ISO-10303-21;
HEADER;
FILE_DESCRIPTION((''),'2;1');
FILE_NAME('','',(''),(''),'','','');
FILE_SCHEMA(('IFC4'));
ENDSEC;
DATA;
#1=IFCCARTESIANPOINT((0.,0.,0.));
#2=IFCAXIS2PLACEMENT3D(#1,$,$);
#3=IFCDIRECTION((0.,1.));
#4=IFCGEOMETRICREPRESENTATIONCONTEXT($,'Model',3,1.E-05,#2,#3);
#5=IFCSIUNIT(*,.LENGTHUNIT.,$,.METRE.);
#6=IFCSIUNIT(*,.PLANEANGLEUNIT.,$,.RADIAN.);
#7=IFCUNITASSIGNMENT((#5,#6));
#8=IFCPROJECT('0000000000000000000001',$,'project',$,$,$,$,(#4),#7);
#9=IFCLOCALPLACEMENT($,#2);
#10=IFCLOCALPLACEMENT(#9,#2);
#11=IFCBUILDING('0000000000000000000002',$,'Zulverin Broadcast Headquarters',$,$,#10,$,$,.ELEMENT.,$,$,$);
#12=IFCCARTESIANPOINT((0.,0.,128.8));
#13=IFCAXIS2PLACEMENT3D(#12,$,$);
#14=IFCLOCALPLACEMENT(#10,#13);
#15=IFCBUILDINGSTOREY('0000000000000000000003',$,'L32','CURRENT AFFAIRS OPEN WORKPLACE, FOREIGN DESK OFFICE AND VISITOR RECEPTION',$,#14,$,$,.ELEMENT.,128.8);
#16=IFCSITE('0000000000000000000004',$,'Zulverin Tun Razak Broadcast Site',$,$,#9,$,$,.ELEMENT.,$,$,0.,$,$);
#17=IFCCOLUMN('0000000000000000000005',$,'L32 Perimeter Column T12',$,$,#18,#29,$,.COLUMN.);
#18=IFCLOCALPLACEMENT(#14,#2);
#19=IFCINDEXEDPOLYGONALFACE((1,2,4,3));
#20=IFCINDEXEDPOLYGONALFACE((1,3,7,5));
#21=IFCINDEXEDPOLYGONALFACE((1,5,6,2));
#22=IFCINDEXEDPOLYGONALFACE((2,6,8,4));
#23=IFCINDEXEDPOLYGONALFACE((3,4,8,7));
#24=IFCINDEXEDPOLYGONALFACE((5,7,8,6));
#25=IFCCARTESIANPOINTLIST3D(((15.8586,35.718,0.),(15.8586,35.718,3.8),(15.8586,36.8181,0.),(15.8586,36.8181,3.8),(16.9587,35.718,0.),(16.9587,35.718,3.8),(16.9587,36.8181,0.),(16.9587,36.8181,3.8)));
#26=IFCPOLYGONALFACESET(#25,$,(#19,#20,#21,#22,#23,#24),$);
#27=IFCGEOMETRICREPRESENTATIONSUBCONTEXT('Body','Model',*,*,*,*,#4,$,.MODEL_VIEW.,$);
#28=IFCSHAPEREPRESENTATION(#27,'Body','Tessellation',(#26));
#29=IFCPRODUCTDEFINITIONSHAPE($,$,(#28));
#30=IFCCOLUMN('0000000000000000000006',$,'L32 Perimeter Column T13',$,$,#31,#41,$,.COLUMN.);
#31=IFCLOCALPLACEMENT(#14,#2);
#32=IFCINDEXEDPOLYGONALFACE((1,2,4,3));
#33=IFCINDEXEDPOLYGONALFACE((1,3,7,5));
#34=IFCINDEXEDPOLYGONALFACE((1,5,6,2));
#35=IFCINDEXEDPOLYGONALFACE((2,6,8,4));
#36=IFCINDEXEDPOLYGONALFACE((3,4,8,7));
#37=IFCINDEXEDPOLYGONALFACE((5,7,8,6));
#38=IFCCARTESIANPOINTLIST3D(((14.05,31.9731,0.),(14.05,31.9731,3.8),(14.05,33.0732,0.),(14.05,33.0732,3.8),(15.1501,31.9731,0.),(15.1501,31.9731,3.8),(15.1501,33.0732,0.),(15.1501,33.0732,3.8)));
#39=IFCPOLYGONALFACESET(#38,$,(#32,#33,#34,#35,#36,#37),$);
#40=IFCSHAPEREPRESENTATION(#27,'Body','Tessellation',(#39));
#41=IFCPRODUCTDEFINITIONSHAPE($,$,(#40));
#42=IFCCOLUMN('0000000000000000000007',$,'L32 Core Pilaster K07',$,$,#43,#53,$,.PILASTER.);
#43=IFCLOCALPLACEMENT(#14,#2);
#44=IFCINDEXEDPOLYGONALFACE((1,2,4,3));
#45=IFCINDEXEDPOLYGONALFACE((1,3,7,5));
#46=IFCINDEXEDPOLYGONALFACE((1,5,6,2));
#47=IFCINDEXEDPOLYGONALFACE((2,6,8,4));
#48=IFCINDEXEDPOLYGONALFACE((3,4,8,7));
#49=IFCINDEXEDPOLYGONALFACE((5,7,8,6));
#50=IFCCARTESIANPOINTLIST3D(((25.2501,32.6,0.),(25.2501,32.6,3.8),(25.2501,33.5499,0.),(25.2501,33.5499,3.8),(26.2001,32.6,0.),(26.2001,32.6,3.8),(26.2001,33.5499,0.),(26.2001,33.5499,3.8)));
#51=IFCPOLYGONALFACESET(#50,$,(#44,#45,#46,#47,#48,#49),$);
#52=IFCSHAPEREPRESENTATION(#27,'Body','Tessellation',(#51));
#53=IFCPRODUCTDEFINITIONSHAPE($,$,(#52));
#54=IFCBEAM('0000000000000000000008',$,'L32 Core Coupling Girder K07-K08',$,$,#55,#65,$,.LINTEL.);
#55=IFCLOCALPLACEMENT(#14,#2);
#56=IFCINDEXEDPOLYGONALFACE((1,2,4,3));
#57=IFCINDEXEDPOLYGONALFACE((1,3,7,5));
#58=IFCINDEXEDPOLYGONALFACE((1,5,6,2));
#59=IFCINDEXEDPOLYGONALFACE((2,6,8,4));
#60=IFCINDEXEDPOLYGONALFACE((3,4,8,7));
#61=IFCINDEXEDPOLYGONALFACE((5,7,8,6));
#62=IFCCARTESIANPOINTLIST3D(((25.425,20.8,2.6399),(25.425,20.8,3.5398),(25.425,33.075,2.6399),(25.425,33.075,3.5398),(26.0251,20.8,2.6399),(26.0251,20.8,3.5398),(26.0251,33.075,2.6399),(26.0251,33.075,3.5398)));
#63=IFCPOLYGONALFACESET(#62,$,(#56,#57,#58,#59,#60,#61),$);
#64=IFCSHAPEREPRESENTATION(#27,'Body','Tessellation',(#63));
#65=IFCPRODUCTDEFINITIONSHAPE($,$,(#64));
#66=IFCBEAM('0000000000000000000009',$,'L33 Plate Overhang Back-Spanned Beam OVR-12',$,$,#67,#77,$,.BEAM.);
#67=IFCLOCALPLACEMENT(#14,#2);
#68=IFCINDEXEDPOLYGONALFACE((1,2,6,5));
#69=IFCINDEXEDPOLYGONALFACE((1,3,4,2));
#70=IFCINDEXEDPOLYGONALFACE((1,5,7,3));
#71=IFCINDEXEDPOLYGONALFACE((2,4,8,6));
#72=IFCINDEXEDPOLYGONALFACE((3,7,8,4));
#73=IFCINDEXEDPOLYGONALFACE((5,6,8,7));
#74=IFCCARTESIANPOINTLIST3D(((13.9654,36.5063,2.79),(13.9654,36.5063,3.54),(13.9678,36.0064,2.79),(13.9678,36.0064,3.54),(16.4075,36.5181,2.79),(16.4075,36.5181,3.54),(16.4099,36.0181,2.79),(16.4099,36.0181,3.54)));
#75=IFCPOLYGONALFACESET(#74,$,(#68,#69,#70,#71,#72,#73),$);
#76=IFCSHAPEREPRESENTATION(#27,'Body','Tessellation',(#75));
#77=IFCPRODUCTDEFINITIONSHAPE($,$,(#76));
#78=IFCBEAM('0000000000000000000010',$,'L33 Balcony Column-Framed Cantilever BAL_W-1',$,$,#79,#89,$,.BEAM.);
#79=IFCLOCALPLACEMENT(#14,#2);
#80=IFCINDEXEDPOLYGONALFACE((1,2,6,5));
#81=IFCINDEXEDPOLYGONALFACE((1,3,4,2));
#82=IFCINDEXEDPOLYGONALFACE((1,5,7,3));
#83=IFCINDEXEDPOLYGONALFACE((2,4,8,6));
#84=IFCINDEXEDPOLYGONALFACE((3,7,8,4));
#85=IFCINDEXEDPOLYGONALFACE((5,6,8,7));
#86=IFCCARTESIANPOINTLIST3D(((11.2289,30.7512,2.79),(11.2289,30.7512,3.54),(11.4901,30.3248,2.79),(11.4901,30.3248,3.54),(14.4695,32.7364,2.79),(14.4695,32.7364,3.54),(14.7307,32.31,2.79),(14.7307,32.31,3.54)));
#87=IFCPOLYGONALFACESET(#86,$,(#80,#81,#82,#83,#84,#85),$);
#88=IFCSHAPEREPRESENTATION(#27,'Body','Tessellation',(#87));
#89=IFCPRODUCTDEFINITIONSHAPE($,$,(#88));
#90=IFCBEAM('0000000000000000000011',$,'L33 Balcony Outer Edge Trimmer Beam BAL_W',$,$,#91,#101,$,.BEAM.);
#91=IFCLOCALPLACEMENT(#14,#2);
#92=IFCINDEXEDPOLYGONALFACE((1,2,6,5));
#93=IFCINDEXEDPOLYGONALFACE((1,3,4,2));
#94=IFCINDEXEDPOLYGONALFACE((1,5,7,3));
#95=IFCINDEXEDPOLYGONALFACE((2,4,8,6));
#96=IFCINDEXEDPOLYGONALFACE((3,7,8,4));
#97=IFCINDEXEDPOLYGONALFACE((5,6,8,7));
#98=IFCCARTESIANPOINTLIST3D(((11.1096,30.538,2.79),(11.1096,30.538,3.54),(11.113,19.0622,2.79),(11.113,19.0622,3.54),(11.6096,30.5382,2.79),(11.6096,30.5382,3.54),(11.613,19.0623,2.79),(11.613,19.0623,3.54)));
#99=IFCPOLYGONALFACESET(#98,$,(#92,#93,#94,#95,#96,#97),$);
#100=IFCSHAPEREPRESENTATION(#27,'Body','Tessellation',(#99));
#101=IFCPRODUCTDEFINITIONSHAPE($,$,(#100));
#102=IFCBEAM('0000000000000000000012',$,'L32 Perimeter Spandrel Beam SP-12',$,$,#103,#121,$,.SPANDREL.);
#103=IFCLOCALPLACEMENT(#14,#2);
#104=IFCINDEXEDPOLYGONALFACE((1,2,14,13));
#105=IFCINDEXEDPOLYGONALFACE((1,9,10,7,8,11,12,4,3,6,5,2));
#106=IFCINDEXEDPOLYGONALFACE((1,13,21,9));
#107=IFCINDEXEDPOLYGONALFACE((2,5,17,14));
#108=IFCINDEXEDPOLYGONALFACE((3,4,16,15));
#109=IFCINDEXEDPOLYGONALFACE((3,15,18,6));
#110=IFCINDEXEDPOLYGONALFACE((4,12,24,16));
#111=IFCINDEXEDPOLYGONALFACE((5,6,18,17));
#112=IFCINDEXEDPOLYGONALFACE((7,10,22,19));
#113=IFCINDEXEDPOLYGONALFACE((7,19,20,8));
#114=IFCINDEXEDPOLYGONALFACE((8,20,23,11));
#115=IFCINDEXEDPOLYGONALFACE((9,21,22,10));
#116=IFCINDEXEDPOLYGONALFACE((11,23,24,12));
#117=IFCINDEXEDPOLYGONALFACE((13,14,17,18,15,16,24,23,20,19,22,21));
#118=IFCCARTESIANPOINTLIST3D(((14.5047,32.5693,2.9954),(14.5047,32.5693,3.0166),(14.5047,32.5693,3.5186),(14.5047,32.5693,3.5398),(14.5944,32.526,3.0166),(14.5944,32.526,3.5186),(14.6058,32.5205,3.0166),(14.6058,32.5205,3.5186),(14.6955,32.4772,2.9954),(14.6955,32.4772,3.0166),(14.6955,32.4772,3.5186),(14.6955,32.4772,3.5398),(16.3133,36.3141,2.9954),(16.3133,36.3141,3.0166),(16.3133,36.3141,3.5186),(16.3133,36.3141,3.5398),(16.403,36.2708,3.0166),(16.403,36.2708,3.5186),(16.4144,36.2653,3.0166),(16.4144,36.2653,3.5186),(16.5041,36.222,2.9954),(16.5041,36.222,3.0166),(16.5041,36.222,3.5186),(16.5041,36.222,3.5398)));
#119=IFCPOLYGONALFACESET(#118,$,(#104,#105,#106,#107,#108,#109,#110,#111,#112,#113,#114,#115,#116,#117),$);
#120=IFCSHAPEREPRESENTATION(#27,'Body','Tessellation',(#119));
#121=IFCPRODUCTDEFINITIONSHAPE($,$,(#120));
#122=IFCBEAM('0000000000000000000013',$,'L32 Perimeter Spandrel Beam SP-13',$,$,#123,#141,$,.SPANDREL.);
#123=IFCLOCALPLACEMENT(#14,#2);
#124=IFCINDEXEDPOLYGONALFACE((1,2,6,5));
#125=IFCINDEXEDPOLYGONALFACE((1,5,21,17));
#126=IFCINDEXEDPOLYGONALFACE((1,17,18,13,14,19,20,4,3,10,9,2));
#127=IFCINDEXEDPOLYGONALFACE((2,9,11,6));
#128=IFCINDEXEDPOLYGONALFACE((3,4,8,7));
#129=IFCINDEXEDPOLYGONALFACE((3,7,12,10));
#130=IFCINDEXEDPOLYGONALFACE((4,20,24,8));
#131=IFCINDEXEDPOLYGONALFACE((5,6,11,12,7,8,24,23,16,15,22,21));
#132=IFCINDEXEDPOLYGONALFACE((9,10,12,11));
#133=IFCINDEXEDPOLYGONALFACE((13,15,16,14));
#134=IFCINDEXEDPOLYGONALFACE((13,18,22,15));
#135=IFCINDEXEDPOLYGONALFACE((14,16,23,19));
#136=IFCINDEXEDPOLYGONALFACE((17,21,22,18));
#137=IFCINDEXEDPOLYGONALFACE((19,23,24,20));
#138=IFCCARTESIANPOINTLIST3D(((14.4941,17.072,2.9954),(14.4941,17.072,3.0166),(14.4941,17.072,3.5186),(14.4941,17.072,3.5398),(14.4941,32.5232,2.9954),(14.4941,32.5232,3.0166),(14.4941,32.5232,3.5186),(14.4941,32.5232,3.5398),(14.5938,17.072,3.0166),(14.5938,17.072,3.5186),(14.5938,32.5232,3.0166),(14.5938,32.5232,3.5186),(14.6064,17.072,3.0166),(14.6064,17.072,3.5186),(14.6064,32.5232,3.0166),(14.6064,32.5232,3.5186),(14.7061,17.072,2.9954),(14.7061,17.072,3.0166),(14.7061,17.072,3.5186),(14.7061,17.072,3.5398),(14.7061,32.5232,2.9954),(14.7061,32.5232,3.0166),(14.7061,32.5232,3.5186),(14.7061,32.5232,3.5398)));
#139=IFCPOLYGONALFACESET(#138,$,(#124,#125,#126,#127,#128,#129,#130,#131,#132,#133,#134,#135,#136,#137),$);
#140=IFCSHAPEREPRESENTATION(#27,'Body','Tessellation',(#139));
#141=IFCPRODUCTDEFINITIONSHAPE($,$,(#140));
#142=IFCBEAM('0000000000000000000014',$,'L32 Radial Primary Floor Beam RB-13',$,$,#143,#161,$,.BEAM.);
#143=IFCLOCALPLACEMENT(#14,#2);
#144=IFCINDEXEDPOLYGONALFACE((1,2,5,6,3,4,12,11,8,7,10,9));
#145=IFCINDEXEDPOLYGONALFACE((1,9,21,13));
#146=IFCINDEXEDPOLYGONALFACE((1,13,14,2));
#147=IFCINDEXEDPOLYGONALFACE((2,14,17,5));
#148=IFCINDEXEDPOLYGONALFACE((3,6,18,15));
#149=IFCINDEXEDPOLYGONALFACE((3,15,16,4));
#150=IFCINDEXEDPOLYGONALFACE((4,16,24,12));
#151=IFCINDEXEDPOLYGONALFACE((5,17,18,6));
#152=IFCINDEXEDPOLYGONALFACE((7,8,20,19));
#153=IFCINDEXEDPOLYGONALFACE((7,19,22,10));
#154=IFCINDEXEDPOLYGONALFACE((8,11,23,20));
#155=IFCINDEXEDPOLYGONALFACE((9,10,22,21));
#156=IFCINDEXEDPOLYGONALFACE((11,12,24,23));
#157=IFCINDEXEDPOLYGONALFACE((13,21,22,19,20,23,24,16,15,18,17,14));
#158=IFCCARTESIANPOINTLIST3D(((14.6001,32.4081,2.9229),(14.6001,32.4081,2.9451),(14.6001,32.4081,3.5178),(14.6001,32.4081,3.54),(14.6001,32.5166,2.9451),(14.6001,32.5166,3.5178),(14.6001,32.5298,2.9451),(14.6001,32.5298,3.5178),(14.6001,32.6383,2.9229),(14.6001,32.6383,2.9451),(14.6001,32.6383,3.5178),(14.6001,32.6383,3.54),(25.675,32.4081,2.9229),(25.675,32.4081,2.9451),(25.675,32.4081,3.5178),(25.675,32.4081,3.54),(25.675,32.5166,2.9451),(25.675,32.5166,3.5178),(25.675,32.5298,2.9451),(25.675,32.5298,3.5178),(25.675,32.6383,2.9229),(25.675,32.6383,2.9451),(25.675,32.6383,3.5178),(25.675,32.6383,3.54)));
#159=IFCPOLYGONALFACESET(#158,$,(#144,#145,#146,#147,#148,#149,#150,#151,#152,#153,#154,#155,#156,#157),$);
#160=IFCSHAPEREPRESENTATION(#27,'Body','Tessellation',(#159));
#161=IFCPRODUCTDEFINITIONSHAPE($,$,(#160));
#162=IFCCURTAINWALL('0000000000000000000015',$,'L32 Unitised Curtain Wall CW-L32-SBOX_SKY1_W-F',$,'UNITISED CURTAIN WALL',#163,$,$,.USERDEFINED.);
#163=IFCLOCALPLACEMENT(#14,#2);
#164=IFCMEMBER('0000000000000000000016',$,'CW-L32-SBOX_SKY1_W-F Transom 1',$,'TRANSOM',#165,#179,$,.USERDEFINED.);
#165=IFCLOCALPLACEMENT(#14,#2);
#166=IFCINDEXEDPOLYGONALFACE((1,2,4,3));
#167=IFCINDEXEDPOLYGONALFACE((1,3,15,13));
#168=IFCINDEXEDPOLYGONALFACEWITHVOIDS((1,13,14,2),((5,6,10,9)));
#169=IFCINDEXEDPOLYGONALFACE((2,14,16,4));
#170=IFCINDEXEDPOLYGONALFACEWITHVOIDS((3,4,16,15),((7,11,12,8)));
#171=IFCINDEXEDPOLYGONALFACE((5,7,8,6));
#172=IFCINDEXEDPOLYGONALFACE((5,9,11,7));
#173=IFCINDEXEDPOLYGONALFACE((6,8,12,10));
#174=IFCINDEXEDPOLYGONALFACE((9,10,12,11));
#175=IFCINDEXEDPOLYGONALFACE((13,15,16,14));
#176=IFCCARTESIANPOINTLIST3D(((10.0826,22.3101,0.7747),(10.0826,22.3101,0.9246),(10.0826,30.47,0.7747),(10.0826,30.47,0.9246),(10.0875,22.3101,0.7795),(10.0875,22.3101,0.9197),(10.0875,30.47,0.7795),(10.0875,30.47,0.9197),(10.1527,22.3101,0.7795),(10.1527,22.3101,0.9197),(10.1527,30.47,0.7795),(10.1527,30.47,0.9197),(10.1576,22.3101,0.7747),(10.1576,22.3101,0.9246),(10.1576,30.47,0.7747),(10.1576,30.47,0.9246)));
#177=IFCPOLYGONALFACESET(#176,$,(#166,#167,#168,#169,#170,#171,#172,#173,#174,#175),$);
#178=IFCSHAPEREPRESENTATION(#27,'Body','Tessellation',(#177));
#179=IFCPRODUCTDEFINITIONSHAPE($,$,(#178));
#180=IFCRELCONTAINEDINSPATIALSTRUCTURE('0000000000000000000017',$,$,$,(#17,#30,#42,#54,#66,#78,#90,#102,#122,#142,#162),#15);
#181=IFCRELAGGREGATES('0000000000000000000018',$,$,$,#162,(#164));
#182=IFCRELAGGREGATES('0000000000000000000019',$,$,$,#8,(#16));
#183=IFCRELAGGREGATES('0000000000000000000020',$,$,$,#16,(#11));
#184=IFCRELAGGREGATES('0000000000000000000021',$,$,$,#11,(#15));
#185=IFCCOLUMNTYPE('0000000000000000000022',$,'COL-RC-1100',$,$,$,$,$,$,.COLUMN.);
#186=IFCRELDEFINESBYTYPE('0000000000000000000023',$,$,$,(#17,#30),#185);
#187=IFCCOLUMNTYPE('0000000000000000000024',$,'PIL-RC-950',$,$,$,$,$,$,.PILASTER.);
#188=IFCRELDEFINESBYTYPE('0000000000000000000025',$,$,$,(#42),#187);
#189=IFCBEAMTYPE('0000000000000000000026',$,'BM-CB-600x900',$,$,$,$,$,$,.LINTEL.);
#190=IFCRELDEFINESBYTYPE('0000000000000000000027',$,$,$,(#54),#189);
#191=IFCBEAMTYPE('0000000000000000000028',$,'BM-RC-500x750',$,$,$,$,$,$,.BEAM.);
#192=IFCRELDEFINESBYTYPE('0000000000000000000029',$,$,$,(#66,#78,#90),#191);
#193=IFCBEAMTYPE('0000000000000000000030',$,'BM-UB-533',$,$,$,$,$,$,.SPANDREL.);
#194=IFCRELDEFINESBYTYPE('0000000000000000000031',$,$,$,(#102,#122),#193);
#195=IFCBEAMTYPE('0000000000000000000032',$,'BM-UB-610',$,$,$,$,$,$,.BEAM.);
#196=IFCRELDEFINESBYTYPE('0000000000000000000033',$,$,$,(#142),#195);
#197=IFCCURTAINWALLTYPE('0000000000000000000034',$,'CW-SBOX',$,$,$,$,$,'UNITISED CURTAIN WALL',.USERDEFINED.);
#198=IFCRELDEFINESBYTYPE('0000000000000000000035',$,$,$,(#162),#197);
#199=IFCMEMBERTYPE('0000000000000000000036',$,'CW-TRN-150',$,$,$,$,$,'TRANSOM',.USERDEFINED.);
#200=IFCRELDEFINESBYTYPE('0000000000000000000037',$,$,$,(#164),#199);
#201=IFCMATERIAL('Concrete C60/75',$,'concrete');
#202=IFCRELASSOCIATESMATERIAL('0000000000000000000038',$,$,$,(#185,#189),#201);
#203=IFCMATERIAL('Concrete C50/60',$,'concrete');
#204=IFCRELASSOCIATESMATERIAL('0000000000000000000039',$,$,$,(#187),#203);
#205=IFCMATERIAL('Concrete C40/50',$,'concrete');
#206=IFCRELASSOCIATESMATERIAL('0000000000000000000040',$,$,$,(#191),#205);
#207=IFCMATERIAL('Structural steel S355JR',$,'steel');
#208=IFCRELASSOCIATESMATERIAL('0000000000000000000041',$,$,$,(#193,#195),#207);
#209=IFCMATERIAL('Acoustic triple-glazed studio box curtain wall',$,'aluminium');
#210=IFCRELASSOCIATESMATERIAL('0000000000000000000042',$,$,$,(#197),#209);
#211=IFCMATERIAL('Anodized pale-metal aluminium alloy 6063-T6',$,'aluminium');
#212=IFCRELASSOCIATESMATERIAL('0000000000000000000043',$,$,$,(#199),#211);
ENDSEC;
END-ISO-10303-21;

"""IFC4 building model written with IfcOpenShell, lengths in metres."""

from ifc_helpers import new_model, si_unit, direction, frame, origin, origin_2d, place, context, subcontext, project, spatial, rectangle, hollow_rectangle, i_section, extrude, material, material_profile, profile_set, type_object, element, aggregate, save


model = new_model("IFC4")

# Units and contexts
model_context = context("Model", 3, precision=1e-05, world=origin(), true_north=direction((0.0, 1.0)))
body_context = subcontext(model_context, "Body", "Model", "MODEL_VIEW")
ifc_project = project(units=[si_unit("LENGTHUNIT", "METRE"), si_unit("PLANEANGLEUNIT", "RADIAN")], contexts=[model_context])

# Site, building, storey
site_placement = place(None, origin())
site = spatial("IfcSite", under=ifc_project, at=site_placement, Name="Zulverin Tun Razak Broadcast Site", CompositionType="ELEMENT", RefElevation=0.0)
building_placement = place(site_placement, origin())
building = spatial("IfcBuilding", under=site, at=building_placement, Name="Zulverin Broadcast Headquarters", CompositionType="ELEMENT")
storey_placement = place(building_placement, frame((0.0, 0.0, 128.8)))
storey = spatial("IfcBuildingStorey", under=building, at=storey_placement, Name="L32", Description="CURRENT AFFAIRS OPEN WORKPLACE, FOREIGN DESK OFFICE AND VISITOR RECEPTION", CompositionType="ELEMENT", Elevation=128.8)

# Columns
ifc_material_1 = material(Name="Concrete C60/75", Category="concrete")
ifc_material_profile_1 = material_profile(ifc_material_1, rectangle(XDim=1.1001, YDim=1.1001, at=origin_2d()), Name="Concrete C60/75", Category="concrete")
ifc_profile_set_1 = profile_set([ifc_material_profile_1], Name="Concrete C60/75")
column_type_1 = type_object("IfcColumnType", Name="COL-RC-1100", PredefinedType="COLUMN", material=ifc_profile_set_1)
for number, where, z_axis, x_axis, name in (
    (1, (16.4087, 36.2681, 0.0), (0.0, 0.0, 1.0), (1.0, 0.0, 0.0), "L32 Perimeter Column T12"),
    (2, (14.6001, 32.5232, 0.0), (0.0, 0.0, 1.0), (1.0, 0.0, 0.0), "L32 Perimeter Column T13"),
):
    element("IfcColumn", number, at=place(storey_placement, frame(where, z_axis=z_axis, x_axis=x_axis)), inside=storey, type_object=column_type_1, Name=name, PredefinedType="COLUMN", context=body_context, shape_type="SweptSolid", body=[
        extrude(rectangle(XDim=1.1001, YDim=1.1001, at=origin_2d()), origin(), (0.0, 0.0, 1.0), 3.8),
    ])
ifc_material_2 = material(Name="Concrete C50/60", Category="concrete")
ifc_material_profile_2 = material_profile(ifc_material_2, rectangle(XDim=0.95, YDim=0.95, at=origin_2d()), Name="Concrete C50/60", Category="concrete")
ifc_profile_set_2 = profile_set([ifc_material_profile_2], Name="Concrete C50/60")
column_type_2 = type_object("IfcColumnType", Name="PIL-RC-950", PredefinedType="PILASTER", material=ifc_profile_set_2)
column_placement = place(storey_placement, frame((25.7251, 33.075, 0.0), z_axis=(0.0, 0.0, 1.0), x_axis=(1.0, 0.0, 0.0)))
element("IfcColumn", 3, at=column_placement, inside=storey, type_object=column_type_2, Name="L32 Core Pilaster K07", PredefinedType="PILASTER", context=body_context, shape_type="SweptSolid", body=[
    extrude(rectangle(XDim=0.95, YDim=0.95, at=origin_2d()), origin(), (0.0, 0.0, 1.0), 3.8),
])

# Beams
ifc_material_profile_3 = material_profile(ifc_material_1, rectangle(XDim=0.6001, YDim=0.8999, at=origin_2d()), Name="Concrete C60/75", Category="concrete")
ifc_profile_set_3 = profile_set([ifc_material_profile_3], Name="Concrete C60/75")
beam_type_1 = type_object("IfcBeamType", Name="BM-CB-600x900", PredefinedType="LINTEL", material=ifc_profile_set_3)
beam_1_placement = place(storey_placement, frame((25.7251, 33.075, 3.0898), z_axis=(0.0, -1.0, 0.0), x_axis=(1.0, 0.0, 0.0)))
element("IfcBeam", 4, at=beam_1_placement, inside=storey, type_object=beam_type_1, Name="L32 Core Coupling Girder K07-K08", PredefinedType="LINTEL", context=body_context, shape_type="SweptSolid", body=[
    extrude(rectangle(XDim=0.6001, YDim=0.8999, at=origin_2d()), origin(), (0.0, 0.0, 1.0), 12.2749),
])
ifc_material_3 = material(Name="Concrete C40/50", Category="concrete")
ifc_material_profile_4 = material_profile(ifc_material_3, rectangle(XDim=0.5, YDim=0.75, at=origin_2d()), Name="Concrete C40/50", Category="concrete")
ifc_profile_set_4 = profile_set([ifc_material_profile_4], Name="Concrete C40/50")
beam_type_2 = type_object("IfcBeamType", Name="BM-RC-500x750", PredefinedType="BEAM", material=ifc_profile_set_4)
beam_2_placement = place(storey_placement, frame((16.4087, 36.2681, 3.165), z_axis=(-0.999988, -0.004799, 0.0), x_axis=(0.004799, -0.999988, 0.0)))
element("IfcBeam", 5, at=beam_2_placement, inside=storey, type_object=beam_type_2, Name="L33 Plate Overhang Back-Spanned Beam OVR-12", PredefinedType="BEAM", context=body_context, shape_type="SweptSolid", body=[
    extrude(rectangle(XDim=0.5, YDim=0.75, at=origin_2d()), origin(), (0.0, 0.0, 1.0), 2.4421),
])
beam_3_placement = place(storey_placement, frame((14.6001, 32.5232, 3.165), z_axis=(-0.852718, -0.522372, 0.0), x_axis=(0.522372, -0.852718, 0.0)))
element("IfcBeam", 6, at=beam_3_placement, inside=storey, type_object=beam_type_2, Name="L33 Balcony Column-Framed Cantilever BAL_W-1", PredefinedType="BEAM", context=body_context, shape_type="SweptSolid", body=[
    extrude(rectangle(XDim=0.5, YDim=0.75, at=origin_2d()), origin(), (0.0, 0.0, 1.0), 3.8003),
])
beam_4_placement = place(storey_placement, frame((11.3596, 30.5381, 3.165), z_axis=(0.000298, -1.0, 0.0), x_axis=(1.0, 0.000298, 0.0)))
element("IfcBeam", 7, at=beam_4_placement, inside=storey, type_object=beam_type_2, Name="L33 Balcony Outer Edge Trimmer Beam BAL_W", PredefinedType="BEAM", context=body_context, shape_type="SweptSolid", body=[
    extrude(rectangle(XDim=0.5, YDim=0.75, at=origin_2d()), origin(), (0.0, 0.0, 1.0), 11.4758),
])
ifc_material_4 = material(Name="Structural steel S355JR", Category="steel")
ifc_material_profile_5 = material_profile(ifc_material_4, i_section(OverallWidth=0.2119, OverallDepth=0.5444, WebThickness=0.0127, FlangeThickness=0.0212, at=origin_2d()), Name="Structural steel S355JR", Category="steel")
ifc_profile_set_5 = profile_set([ifc_material_profile_5], Name="Structural steel S355JR")
beam_type_3 = type_object("IfcBeamType", Name="BM-UB-533", PredefinedType="SPANDREL", material=ifc_profile_set_5)
beam_5_placement = place(storey_placement, frame((16.4087, 36.2681, 3.2676), z_axis=(-0.43489, -0.900483, 0.0), x_axis=(0.900483, -0.43489, 0.0)))
element("IfcBeam", 8, at=beam_5_placement, inside=storey, type_object=beam_type_3, Name="L32 Perimeter Spandrel Beam SP-12", PredefinedType="SPANDREL", context=body_context, shape_type="SweptSolid", body=[
    extrude(i_section(OverallWidth=0.2119, OverallDepth=0.5444, WebThickness=0.0127, FlangeThickness=0.0212, at=origin_2d()), origin(), (0.0, 0.0, 1.0), 4.1587),
])
beam_6_placement = place(storey_placement, frame((14.6001, 32.5232, 3.2676), z_axis=(0.0, -1.0, 0.0), x_axis=(1.0, 0.0, 0.0)))
element("IfcBeam", 9, at=beam_6_placement, inside=storey, type_object=beam_type_3, Name="L32 Perimeter Spandrel Beam SP-13", PredefinedType="SPANDREL", context=body_context, shape_type="SweptSolid", body=[
    extrude(i_section(OverallWidth=0.2119, OverallDepth=0.5444, WebThickness=0.0127, FlangeThickness=0.0212, at=origin_2d()), origin(), (0.0, 0.0, 1.0), 15.4512),
])
ifc_material_profile_6 = material_profile(ifc_material_4, i_section(OverallWidth=0.2302, OverallDepth=0.6172, WebThickness=0.0132, FlangeThickness=0.0222, at=origin_2d()), Name="Structural steel S355JR", Category="steel")
ifc_profile_set_6 = profile_set([ifc_material_profile_6], Name="Structural steel S355JR")
beam_type_4 = type_object("IfcBeamType", Name="BM-UB-610", PredefinedType="BEAM", material=ifc_profile_set_6)
beam_7_placement = place(storey_placement, frame((25.675, 32.5232, 3.2314), z_axis=(-1.0, 0.0, 0.0), x_axis=(0.0, -1.0, 0.0)))
element("IfcBeam", 10, at=beam_7_placement, inside=storey, type_object=beam_type_4, Name="L32 Radial Primary Floor Beam RB-13", PredefinedType="BEAM", context=body_context, shape_type="SweptSolid", body=[
    extrude(i_section(OverallWidth=0.2302, OverallDepth=0.6172, WebThickness=0.0132, FlangeThickness=0.0222, at=origin_2d()), origin(), (0.0, 0.0, 1.0), 11.075),
])

# Curtain wall, member
ifc_material_5 = material(Name="Acoustic triple-glazed studio box curtain wall", Category="aluminium")
curtain_wall_type = type_object("IfcCurtainWallType", Name="CW-SBOX", ElementType="UNITISED CURTAIN WALL", PredefinedType="USERDEFINED", material=ifc_material_5)
curtain_wall_placement = place(storey_placement, origin())
curtain_wall = element("IfcCurtainWall", 11, at=curtain_wall_placement, inside=storey, type_object=curtain_wall_type, Name="L32 Unitised Curtain Wall CW-L32-SBOX_SKY1_W-F", ObjectType="UNITISED CURTAIN WALL", PredefinedType="USERDEFINED")
ifc_material_6 = material(Name="Anodized pale-metal aluminium alloy 6063-T6", Category="aluminium")
ifc_material_profile_7 = material_profile(ifc_material_6, hollow_rectangle(XDim=0.075, YDim=0.1499, WallThickness=0.0049, at=origin_2d()), Name="Anodized pale-metal aluminium alloy 6063-T6", Category="aluminium")
ifc_profile_set_7 = profile_set([ifc_material_profile_7], Name="Anodized pale-metal aluminium alloy 6063-T6")
member_type_1 = type_object("IfcMemberType", Name="CW-TRN-150", ElementType="TRANSOM", PredefinedType="USERDEFINED", material=ifc_profile_set_7)
member_1_placement = place(storey_placement, frame((10.1201, 30.47, 0.8496), z_axis=(0.0, -1.0, 0.0), x_axis=(1.0, 0.0, 0.0)))
member_1 = element("IfcMember", 12, at=member_1_placement, type_object=member_type_1, Name="CW-L32-SBOX_SKY1_W-F Transom 1", ObjectType="TRANSOM", PredefinedType="USERDEFINED", context=body_context, shape_type="SweptSolid", body=[
    extrude(hollow_rectangle(XDim=0.075, YDim=0.1499, WallThickness=0.0049, at=origin_2d()), origin(), (0.0, 0.0, 1.0), 8.1599),
])
aggregate(curtain_wall, [member_1])

save(model, "model.ifc")
